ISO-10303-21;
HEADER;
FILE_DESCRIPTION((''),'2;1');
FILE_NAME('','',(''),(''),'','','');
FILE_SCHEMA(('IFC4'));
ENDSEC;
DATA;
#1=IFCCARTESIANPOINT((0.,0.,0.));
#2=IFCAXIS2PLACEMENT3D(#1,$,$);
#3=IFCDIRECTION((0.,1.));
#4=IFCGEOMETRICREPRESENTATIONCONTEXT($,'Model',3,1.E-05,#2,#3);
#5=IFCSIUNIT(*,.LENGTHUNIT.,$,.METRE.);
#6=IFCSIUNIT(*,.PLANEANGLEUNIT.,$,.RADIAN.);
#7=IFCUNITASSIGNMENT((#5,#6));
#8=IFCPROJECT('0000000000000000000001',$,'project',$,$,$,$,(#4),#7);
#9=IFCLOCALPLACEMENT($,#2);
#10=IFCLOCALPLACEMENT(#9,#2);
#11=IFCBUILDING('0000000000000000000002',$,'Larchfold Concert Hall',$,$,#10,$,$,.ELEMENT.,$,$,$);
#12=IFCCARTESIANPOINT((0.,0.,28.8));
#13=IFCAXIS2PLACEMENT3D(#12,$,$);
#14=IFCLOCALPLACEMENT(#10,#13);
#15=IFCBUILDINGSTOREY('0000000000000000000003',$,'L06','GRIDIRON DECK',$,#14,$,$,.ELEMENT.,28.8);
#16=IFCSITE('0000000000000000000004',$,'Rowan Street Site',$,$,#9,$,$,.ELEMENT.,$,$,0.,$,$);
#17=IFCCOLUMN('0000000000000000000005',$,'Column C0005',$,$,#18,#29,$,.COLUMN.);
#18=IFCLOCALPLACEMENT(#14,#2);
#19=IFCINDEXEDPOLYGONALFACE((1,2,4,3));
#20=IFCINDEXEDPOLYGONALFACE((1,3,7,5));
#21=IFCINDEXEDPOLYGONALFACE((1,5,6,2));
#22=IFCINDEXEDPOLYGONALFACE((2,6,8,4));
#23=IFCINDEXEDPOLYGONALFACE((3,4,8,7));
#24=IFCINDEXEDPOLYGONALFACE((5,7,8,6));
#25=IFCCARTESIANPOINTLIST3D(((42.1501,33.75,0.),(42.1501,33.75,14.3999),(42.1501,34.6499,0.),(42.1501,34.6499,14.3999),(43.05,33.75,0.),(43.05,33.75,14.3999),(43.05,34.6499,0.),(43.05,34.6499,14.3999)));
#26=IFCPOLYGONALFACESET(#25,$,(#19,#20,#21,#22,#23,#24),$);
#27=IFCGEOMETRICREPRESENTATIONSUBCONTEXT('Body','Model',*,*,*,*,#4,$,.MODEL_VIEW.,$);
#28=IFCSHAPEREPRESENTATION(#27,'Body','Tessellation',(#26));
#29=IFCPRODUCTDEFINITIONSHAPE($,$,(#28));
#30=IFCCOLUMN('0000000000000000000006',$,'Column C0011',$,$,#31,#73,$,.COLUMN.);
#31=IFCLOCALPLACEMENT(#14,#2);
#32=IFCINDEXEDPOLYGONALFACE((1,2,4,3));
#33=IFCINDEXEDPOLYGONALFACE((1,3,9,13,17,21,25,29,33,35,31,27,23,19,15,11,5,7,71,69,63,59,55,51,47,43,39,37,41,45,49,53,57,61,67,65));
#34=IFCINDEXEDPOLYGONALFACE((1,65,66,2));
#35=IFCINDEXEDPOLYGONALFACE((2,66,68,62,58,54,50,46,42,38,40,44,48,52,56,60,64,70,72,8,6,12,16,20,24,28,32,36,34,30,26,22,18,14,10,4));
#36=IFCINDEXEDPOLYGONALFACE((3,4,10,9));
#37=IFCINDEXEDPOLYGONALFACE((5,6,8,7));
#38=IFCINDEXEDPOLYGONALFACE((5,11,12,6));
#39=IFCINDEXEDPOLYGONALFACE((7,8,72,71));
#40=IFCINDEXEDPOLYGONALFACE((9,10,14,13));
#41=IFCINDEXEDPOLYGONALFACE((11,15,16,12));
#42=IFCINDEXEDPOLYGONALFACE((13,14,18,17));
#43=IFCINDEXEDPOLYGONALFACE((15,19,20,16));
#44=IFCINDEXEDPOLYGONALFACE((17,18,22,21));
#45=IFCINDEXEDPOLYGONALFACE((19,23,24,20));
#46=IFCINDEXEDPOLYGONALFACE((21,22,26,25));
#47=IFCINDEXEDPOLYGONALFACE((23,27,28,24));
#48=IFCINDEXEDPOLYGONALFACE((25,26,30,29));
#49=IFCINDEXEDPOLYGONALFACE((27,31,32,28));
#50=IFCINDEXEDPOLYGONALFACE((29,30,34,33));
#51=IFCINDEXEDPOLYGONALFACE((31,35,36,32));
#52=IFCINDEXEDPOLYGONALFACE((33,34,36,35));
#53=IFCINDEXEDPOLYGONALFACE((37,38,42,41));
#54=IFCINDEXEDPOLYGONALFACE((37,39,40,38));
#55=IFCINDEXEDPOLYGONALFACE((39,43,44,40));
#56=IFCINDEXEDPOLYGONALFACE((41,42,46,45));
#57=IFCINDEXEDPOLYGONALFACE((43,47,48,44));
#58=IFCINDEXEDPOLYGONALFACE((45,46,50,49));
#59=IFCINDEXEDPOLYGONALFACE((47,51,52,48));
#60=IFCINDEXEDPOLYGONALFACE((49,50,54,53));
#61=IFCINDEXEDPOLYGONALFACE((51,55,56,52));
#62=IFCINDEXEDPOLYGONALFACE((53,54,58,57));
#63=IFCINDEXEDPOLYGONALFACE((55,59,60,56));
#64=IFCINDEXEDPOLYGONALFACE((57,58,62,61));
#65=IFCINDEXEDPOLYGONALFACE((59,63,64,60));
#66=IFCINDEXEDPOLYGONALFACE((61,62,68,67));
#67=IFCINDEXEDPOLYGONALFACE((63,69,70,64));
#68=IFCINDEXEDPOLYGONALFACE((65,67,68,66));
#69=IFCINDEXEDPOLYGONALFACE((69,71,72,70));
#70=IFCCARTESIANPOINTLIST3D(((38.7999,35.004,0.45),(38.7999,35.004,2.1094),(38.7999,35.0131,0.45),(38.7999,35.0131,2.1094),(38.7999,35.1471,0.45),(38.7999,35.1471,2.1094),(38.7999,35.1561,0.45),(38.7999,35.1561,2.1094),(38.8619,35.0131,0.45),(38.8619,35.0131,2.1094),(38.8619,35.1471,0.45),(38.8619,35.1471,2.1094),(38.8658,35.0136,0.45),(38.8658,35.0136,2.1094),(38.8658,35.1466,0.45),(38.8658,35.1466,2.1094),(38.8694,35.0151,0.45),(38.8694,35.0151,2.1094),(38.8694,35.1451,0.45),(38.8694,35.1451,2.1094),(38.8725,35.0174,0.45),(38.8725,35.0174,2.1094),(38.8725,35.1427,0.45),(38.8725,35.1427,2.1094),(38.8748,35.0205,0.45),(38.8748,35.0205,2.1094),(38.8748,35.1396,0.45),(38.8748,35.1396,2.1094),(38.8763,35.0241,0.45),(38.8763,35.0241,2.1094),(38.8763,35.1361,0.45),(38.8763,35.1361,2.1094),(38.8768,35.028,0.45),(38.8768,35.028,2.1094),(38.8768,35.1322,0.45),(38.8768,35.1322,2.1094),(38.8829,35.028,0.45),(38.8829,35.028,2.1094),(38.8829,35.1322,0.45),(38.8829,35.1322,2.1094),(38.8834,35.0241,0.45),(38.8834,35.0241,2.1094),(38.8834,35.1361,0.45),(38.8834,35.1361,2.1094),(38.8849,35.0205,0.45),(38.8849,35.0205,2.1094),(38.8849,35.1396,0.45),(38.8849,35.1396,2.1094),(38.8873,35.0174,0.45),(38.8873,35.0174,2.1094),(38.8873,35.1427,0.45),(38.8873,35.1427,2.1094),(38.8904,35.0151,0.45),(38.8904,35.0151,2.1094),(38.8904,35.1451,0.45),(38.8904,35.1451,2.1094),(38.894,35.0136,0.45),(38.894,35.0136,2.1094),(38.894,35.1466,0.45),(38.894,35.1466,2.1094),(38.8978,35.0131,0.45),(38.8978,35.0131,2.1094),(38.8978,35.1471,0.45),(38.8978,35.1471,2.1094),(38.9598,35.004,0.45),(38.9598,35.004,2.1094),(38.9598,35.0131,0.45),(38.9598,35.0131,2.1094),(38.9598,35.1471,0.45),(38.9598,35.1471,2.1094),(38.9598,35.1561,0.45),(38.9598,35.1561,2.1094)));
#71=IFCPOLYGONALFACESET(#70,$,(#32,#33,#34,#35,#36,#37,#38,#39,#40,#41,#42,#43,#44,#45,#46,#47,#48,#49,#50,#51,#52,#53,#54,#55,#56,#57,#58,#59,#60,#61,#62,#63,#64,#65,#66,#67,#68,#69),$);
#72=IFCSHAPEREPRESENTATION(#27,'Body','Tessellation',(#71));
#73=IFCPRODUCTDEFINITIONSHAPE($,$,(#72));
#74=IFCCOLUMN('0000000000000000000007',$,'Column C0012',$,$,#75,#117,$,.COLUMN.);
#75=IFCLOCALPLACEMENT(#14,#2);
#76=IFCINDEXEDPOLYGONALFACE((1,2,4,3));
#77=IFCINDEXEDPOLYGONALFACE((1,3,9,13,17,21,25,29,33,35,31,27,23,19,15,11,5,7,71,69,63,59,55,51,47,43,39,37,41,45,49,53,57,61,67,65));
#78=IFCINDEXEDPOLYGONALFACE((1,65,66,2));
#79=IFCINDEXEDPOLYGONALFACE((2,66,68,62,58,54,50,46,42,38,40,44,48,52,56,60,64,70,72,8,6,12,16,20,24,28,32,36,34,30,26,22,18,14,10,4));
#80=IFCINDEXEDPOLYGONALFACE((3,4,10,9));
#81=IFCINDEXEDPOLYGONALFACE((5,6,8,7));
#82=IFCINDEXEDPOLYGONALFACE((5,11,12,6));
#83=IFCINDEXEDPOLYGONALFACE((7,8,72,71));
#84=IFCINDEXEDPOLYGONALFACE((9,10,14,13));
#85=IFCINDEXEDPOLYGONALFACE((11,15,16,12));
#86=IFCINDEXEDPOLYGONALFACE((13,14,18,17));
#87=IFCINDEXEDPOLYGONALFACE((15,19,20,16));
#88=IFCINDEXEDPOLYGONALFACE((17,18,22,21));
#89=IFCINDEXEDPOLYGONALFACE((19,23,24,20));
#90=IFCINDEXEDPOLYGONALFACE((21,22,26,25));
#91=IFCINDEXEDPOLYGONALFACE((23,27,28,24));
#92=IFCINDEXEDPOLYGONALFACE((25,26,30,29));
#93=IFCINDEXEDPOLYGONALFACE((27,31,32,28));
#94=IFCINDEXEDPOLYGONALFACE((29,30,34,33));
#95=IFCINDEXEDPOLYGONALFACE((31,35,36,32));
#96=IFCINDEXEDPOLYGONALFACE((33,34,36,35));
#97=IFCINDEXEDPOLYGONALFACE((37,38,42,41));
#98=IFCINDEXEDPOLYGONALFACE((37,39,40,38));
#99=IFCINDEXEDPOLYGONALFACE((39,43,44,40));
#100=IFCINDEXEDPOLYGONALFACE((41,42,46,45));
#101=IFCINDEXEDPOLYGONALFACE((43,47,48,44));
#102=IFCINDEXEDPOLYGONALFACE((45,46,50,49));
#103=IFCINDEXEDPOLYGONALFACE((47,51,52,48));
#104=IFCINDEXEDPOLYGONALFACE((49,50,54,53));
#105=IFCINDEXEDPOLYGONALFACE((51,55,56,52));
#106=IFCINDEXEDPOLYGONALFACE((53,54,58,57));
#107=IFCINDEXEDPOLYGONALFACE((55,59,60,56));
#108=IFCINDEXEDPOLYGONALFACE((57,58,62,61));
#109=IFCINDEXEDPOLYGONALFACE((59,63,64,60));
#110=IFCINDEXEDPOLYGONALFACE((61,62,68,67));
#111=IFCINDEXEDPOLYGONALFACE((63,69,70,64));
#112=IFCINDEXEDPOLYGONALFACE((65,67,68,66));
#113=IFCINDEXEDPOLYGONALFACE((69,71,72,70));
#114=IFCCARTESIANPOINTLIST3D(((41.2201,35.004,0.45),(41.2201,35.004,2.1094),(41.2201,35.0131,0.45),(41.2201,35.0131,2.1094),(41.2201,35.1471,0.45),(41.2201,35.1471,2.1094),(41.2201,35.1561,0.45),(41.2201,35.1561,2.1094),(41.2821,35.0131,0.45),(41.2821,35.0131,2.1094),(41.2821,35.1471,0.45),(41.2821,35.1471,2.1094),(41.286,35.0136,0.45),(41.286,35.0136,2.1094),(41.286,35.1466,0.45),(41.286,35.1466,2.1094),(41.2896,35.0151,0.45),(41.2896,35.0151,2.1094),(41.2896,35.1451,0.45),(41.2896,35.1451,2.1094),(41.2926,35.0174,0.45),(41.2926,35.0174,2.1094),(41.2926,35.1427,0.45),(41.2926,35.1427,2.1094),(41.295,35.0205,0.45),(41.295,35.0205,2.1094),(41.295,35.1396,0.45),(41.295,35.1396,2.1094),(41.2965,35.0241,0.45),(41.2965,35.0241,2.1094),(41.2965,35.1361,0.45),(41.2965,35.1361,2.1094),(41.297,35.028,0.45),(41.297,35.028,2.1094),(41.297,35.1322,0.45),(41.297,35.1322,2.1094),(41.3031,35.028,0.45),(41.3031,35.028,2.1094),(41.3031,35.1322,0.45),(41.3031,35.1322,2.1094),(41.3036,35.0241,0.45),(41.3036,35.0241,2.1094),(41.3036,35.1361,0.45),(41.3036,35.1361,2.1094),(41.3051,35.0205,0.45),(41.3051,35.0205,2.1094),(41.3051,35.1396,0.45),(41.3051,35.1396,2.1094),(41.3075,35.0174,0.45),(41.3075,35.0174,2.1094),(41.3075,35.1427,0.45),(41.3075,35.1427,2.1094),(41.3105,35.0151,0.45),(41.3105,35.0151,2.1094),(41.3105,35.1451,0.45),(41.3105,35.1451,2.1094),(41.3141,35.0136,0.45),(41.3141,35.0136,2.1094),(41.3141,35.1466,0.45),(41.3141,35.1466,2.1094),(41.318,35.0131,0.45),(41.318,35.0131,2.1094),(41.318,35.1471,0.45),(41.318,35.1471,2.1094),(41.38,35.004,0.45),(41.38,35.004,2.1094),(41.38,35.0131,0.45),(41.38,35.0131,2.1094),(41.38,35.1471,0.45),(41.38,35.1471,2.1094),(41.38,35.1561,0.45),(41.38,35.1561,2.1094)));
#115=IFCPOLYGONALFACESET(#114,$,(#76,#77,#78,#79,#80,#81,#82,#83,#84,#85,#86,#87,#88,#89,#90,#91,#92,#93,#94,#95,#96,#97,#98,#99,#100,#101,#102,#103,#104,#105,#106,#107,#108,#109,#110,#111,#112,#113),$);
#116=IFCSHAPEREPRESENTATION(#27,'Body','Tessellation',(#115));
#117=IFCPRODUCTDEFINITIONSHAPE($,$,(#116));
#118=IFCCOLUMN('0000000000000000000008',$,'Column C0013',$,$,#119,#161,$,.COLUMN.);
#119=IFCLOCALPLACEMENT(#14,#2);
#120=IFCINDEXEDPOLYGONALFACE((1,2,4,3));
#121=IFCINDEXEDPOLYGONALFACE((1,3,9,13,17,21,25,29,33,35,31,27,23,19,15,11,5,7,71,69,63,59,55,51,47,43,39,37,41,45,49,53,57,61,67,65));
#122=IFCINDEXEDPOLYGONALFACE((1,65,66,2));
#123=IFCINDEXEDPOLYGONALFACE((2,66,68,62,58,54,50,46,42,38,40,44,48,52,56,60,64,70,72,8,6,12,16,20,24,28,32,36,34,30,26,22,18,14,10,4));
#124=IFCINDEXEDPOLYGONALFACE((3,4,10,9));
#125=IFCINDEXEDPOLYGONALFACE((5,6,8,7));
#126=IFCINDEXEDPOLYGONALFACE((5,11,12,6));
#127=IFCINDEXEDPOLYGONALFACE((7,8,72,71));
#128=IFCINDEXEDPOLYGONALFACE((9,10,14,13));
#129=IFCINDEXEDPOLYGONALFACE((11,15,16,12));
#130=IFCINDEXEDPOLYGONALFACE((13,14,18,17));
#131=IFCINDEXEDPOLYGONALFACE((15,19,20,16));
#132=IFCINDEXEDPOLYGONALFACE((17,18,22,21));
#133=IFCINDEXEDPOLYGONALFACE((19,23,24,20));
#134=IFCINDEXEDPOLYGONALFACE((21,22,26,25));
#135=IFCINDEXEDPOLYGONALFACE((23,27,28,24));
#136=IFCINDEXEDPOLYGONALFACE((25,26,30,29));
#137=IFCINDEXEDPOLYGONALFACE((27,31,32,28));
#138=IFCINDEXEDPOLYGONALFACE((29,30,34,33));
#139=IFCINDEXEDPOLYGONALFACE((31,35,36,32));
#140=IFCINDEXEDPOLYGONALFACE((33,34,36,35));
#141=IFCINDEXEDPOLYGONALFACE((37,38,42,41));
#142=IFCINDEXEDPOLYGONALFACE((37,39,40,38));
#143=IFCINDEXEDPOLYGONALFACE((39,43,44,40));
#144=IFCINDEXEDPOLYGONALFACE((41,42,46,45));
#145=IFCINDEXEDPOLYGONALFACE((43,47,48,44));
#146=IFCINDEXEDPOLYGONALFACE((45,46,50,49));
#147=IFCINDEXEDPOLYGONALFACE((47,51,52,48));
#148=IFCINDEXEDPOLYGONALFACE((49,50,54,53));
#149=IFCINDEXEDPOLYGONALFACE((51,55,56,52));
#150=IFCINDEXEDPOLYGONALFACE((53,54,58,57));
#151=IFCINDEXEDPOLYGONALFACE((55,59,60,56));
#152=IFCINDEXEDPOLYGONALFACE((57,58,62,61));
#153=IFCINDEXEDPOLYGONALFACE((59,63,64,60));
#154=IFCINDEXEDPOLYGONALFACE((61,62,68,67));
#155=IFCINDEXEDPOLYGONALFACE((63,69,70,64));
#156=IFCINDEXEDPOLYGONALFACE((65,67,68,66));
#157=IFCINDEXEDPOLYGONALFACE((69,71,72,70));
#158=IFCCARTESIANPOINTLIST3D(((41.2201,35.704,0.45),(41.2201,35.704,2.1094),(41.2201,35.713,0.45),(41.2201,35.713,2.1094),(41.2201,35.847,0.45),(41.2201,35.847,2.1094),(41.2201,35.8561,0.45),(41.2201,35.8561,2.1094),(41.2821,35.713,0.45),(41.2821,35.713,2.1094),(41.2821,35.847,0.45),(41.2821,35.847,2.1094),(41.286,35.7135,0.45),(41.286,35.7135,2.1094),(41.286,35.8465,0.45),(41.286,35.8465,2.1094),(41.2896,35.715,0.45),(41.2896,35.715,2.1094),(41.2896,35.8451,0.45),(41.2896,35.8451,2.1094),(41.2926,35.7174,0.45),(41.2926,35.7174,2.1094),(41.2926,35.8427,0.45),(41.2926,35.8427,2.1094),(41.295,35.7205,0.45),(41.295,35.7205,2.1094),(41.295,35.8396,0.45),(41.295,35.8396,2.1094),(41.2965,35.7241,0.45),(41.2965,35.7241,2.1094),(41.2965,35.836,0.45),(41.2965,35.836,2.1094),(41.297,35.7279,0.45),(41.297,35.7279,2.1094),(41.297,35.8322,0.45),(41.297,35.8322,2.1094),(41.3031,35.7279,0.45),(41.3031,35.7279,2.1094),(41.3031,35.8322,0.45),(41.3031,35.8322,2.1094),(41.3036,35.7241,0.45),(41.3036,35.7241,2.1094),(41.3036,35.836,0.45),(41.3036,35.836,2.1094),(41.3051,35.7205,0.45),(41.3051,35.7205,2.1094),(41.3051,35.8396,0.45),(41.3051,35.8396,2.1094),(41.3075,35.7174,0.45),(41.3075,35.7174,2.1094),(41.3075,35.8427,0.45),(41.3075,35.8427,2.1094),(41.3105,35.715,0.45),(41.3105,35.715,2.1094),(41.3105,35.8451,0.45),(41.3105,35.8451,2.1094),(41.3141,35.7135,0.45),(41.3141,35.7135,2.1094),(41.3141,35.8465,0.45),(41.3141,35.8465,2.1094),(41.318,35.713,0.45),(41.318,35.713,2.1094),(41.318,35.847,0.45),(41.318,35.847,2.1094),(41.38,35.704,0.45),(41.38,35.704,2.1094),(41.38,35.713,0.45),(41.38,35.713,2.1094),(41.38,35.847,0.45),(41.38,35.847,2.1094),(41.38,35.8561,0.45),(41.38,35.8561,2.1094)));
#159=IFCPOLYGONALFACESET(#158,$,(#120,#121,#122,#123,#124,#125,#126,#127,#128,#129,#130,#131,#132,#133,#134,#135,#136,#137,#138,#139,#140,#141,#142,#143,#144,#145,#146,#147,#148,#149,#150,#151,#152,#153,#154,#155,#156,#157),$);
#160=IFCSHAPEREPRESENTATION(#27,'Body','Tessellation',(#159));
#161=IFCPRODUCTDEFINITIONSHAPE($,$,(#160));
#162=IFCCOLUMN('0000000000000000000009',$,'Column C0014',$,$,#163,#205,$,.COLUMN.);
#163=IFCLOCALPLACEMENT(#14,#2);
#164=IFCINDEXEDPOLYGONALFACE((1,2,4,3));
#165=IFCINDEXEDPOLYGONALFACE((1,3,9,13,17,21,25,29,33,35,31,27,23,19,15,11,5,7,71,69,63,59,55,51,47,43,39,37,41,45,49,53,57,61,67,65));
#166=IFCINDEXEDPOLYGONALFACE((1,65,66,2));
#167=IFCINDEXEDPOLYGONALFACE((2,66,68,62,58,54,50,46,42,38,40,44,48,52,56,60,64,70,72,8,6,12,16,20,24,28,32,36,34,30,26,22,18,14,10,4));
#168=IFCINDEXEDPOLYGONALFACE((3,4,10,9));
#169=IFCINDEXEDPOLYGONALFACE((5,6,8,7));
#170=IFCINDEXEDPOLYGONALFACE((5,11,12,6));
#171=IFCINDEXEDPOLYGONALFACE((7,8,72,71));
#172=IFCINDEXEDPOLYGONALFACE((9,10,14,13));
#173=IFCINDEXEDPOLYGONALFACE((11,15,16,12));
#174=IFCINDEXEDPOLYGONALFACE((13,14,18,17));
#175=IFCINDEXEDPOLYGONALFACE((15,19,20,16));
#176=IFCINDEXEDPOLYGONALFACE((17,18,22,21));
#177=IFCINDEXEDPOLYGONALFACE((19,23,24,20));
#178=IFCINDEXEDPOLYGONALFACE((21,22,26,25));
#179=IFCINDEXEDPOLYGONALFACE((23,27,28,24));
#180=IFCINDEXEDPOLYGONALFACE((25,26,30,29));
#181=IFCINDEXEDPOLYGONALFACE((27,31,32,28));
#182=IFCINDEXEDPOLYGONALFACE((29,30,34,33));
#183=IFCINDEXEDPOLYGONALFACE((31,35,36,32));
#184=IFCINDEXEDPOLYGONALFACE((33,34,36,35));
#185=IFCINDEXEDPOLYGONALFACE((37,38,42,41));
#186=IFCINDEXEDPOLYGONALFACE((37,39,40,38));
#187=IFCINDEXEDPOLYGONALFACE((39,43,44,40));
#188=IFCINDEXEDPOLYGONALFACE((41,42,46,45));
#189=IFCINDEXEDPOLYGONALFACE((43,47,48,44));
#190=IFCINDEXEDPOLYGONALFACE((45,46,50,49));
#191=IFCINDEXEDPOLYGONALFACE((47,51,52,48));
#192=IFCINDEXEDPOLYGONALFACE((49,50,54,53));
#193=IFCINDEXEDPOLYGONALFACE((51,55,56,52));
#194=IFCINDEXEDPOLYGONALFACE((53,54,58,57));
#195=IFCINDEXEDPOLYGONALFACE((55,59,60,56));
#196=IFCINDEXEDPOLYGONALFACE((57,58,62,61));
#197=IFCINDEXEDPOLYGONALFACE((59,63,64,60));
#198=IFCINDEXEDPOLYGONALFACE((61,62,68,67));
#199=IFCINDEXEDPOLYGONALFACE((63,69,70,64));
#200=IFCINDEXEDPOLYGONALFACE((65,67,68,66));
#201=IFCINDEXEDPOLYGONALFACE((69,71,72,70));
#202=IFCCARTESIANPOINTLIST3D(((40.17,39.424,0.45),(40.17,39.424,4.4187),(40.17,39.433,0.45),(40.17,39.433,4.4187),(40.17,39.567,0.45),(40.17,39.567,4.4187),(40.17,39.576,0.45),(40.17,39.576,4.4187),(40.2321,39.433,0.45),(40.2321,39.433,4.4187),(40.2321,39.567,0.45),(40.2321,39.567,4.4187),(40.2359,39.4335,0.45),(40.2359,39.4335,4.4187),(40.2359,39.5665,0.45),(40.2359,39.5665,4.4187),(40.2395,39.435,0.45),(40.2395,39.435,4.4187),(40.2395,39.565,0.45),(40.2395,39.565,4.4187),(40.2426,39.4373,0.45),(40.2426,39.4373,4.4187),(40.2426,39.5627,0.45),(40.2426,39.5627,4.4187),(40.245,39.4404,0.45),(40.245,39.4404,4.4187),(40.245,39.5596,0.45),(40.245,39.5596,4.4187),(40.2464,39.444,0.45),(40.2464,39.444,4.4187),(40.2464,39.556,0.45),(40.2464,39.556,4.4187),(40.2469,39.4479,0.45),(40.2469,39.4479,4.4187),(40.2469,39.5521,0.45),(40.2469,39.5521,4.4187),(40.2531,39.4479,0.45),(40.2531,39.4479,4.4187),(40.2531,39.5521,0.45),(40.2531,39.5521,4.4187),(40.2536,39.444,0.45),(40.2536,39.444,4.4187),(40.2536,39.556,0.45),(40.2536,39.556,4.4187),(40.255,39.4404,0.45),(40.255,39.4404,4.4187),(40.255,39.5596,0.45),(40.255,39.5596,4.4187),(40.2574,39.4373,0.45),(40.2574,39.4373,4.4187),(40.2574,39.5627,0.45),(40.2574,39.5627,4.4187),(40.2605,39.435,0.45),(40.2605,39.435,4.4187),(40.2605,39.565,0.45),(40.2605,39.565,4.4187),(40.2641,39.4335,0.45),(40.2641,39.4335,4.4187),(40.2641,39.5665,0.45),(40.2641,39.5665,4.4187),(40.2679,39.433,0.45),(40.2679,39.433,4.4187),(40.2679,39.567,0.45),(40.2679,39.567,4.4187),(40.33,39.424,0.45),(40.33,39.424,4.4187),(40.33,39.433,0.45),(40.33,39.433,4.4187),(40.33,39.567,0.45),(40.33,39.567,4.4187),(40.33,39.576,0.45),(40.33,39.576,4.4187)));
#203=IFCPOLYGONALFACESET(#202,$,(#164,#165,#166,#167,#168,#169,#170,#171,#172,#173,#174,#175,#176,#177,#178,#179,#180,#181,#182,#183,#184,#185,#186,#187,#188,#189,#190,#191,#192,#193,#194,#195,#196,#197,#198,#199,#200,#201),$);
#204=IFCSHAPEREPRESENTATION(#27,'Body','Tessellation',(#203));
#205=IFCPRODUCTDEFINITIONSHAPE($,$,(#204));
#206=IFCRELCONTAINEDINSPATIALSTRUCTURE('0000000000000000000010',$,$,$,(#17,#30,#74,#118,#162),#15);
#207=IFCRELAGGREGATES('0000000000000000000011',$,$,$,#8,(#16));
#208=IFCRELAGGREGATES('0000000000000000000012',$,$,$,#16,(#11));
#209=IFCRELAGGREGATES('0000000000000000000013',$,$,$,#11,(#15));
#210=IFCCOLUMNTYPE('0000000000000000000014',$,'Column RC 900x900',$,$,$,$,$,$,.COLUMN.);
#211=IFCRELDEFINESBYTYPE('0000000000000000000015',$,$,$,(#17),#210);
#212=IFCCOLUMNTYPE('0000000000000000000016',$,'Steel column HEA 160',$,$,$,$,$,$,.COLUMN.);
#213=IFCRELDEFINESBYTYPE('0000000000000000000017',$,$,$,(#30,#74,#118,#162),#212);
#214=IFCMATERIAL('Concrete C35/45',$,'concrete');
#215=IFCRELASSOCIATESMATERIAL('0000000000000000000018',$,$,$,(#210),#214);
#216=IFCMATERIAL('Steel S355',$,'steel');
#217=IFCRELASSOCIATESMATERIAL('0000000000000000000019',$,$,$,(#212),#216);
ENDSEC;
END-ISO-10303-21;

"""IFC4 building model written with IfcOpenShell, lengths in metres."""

from ifc_helpers import new_model, si_unit, direction, frame, origin, origin_2d, place, context, subcontext, project, spatial, rectangle, i_section, extrude, material, material_profile, profile_set, type_object, element, save


model = new_model("IFC4")

# Units and contexts
model_context = context("Model", 3, precision=1e-05, world=origin(), true_north=direction((0.0, 1.0)))
body_context = subcontext(model_context, "Body", "Model", "MODEL_VIEW")
ifc_project = project(units=[si_unit("LENGTHUNIT", "METRE"), si_unit("PLANEANGLEUNIT", "RADIAN")], contexts=[model_context])

# Site, building, storey
site_placement = place(None, origin())
site = spatial("IfcSite", under=ifc_project, at=site_placement, Name="Rowan Street Site", CompositionType="ELEMENT", RefElevation=0.0)
building_placement = place(site_placement, origin())
building = spatial("IfcBuilding", under=site, at=building_placement, Name="Larchfold Concert Hall", CompositionType="ELEMENT")
storey_placement = place(building_placement, frame((0.0, 0.0, 28.8)))
storey = spatial("IfcBuildingStorey", under=building, at=storey_placement, Name="L06", Description="GRIDIRON DECK", CompositionType="ELEMENT", Elevation=28.8)

# Columns
ifc_material_1 = material(Name="Concrete C35/45", Category="concrete")
ifc_material_profile_1 = material_profile(ifc_material_1, rectangle(XDim=0.8999, YDim=0.8999, at=origin_2d()))
ifc_profile_set_1 = profile_set([ifc_material_profile_1], Name="Concrete C35/45")
column_type_1 = type_object("IfcColumnType", Name="Column RC 900x900", PredefinedType="COLUMN", material=ifc_profile_set_1)
column_placement = place(storey_placement, frame((42.6001, 34.2, 0.0), z_axis=(0.0, 0.0, 1.0), x_axis=(1.0, 0.0, 0.0)))
element("IfcColumn", 1, at=column_placement, inside=storey, type_object=column_type_1, Name="Column C0005", PredefinedType="COLUMN", context=body_context, shape_type="SweptSolid", body=[
    extrude(rectangle(XDim=0.8999, YDim=0.8999, at=origin_2d()), origin(), (0.0, 0.0, 1.0), 14.3999),
])
ifc_material_2 = material(Name="Steel S355", Category="steel")
ifc_material_profile_2 = material_profile(ifc_material_2, i_section(OverallWidth=0.1599, OverallDepth=0.1521, WebThickness=0.0061, FlangeThickness=0.009, FilletRadius=0.0149, at=origin_2d()))
ifc_profile_set_2 = profile_set([ifc_material_profile_2], Name="Steel S355")
column_type_2 = type_object("IfcColumnType", Name="Steel column HEA 160", PredefinedType="COLUMN", material=ifc_profile_set_2)
for number, where, z_axis, x_axis, name in (
    (2, (38.8799, 35.0801, 0.45), (0.0, 0.0, 1.0), (1.0, 0.0, 0.0), "Column C0011"),
    (3, (41.3, 35.0801, 0.45), (0.0, 0.0, 1.0), (1.0, 0.0, 0.0), "Column C0012"),
    (4, (41.3, 35.78, 0.45), (0.0, 0.0, 1.0), (1.0, 0.0, 0.0), "Column C0013"),
):
    element("IfcColumn", number, at=place(storey_placement, frame(where, z_axis=z_axis, x_axis=x_axis)), inside=storey, type_object=column_type_2, Name=name, PredefinedType="COLUMN", context=body_context, shape_type="SweptSolid", body=[
        extrude(i_section(OverallWidth=0.1599, OverallDepth=0.1521, WebThickness=0.0061, FlangeThickness=0.009, FilletRadius=0.0149, at=origin_2d()), origin(), (0.0, 0.0, 1.0), 1.6594),
    ])
for number, where, z_axis, x_axis, name in (
    (5, (40.25, 39.5, 0.45), (0.0, 0.0, 1.0), (1.0, 0.0, 0.0), "Column C0014"),
):
    element("IfcColumn", number, at=place(storey_placement, frame(where, z_axis=z_axis, x_axis=x_axis)), inside=storey, type_object=column_type_2, Name=name, PredefinedType="COLUMN", context=body_context, shape_type="SweptSolid", body=[
        extrude(i_section(OverallWidth=0.1599, OverallDepth=0.1521, WebThickness=0.0061, FlangeThickness=0.009, FilletRadius=0.0149, at=origin_2d()), origin(), (0.0, 0.0, 1.0), 3.9688),
    ])

save(model, "model.ifc")
